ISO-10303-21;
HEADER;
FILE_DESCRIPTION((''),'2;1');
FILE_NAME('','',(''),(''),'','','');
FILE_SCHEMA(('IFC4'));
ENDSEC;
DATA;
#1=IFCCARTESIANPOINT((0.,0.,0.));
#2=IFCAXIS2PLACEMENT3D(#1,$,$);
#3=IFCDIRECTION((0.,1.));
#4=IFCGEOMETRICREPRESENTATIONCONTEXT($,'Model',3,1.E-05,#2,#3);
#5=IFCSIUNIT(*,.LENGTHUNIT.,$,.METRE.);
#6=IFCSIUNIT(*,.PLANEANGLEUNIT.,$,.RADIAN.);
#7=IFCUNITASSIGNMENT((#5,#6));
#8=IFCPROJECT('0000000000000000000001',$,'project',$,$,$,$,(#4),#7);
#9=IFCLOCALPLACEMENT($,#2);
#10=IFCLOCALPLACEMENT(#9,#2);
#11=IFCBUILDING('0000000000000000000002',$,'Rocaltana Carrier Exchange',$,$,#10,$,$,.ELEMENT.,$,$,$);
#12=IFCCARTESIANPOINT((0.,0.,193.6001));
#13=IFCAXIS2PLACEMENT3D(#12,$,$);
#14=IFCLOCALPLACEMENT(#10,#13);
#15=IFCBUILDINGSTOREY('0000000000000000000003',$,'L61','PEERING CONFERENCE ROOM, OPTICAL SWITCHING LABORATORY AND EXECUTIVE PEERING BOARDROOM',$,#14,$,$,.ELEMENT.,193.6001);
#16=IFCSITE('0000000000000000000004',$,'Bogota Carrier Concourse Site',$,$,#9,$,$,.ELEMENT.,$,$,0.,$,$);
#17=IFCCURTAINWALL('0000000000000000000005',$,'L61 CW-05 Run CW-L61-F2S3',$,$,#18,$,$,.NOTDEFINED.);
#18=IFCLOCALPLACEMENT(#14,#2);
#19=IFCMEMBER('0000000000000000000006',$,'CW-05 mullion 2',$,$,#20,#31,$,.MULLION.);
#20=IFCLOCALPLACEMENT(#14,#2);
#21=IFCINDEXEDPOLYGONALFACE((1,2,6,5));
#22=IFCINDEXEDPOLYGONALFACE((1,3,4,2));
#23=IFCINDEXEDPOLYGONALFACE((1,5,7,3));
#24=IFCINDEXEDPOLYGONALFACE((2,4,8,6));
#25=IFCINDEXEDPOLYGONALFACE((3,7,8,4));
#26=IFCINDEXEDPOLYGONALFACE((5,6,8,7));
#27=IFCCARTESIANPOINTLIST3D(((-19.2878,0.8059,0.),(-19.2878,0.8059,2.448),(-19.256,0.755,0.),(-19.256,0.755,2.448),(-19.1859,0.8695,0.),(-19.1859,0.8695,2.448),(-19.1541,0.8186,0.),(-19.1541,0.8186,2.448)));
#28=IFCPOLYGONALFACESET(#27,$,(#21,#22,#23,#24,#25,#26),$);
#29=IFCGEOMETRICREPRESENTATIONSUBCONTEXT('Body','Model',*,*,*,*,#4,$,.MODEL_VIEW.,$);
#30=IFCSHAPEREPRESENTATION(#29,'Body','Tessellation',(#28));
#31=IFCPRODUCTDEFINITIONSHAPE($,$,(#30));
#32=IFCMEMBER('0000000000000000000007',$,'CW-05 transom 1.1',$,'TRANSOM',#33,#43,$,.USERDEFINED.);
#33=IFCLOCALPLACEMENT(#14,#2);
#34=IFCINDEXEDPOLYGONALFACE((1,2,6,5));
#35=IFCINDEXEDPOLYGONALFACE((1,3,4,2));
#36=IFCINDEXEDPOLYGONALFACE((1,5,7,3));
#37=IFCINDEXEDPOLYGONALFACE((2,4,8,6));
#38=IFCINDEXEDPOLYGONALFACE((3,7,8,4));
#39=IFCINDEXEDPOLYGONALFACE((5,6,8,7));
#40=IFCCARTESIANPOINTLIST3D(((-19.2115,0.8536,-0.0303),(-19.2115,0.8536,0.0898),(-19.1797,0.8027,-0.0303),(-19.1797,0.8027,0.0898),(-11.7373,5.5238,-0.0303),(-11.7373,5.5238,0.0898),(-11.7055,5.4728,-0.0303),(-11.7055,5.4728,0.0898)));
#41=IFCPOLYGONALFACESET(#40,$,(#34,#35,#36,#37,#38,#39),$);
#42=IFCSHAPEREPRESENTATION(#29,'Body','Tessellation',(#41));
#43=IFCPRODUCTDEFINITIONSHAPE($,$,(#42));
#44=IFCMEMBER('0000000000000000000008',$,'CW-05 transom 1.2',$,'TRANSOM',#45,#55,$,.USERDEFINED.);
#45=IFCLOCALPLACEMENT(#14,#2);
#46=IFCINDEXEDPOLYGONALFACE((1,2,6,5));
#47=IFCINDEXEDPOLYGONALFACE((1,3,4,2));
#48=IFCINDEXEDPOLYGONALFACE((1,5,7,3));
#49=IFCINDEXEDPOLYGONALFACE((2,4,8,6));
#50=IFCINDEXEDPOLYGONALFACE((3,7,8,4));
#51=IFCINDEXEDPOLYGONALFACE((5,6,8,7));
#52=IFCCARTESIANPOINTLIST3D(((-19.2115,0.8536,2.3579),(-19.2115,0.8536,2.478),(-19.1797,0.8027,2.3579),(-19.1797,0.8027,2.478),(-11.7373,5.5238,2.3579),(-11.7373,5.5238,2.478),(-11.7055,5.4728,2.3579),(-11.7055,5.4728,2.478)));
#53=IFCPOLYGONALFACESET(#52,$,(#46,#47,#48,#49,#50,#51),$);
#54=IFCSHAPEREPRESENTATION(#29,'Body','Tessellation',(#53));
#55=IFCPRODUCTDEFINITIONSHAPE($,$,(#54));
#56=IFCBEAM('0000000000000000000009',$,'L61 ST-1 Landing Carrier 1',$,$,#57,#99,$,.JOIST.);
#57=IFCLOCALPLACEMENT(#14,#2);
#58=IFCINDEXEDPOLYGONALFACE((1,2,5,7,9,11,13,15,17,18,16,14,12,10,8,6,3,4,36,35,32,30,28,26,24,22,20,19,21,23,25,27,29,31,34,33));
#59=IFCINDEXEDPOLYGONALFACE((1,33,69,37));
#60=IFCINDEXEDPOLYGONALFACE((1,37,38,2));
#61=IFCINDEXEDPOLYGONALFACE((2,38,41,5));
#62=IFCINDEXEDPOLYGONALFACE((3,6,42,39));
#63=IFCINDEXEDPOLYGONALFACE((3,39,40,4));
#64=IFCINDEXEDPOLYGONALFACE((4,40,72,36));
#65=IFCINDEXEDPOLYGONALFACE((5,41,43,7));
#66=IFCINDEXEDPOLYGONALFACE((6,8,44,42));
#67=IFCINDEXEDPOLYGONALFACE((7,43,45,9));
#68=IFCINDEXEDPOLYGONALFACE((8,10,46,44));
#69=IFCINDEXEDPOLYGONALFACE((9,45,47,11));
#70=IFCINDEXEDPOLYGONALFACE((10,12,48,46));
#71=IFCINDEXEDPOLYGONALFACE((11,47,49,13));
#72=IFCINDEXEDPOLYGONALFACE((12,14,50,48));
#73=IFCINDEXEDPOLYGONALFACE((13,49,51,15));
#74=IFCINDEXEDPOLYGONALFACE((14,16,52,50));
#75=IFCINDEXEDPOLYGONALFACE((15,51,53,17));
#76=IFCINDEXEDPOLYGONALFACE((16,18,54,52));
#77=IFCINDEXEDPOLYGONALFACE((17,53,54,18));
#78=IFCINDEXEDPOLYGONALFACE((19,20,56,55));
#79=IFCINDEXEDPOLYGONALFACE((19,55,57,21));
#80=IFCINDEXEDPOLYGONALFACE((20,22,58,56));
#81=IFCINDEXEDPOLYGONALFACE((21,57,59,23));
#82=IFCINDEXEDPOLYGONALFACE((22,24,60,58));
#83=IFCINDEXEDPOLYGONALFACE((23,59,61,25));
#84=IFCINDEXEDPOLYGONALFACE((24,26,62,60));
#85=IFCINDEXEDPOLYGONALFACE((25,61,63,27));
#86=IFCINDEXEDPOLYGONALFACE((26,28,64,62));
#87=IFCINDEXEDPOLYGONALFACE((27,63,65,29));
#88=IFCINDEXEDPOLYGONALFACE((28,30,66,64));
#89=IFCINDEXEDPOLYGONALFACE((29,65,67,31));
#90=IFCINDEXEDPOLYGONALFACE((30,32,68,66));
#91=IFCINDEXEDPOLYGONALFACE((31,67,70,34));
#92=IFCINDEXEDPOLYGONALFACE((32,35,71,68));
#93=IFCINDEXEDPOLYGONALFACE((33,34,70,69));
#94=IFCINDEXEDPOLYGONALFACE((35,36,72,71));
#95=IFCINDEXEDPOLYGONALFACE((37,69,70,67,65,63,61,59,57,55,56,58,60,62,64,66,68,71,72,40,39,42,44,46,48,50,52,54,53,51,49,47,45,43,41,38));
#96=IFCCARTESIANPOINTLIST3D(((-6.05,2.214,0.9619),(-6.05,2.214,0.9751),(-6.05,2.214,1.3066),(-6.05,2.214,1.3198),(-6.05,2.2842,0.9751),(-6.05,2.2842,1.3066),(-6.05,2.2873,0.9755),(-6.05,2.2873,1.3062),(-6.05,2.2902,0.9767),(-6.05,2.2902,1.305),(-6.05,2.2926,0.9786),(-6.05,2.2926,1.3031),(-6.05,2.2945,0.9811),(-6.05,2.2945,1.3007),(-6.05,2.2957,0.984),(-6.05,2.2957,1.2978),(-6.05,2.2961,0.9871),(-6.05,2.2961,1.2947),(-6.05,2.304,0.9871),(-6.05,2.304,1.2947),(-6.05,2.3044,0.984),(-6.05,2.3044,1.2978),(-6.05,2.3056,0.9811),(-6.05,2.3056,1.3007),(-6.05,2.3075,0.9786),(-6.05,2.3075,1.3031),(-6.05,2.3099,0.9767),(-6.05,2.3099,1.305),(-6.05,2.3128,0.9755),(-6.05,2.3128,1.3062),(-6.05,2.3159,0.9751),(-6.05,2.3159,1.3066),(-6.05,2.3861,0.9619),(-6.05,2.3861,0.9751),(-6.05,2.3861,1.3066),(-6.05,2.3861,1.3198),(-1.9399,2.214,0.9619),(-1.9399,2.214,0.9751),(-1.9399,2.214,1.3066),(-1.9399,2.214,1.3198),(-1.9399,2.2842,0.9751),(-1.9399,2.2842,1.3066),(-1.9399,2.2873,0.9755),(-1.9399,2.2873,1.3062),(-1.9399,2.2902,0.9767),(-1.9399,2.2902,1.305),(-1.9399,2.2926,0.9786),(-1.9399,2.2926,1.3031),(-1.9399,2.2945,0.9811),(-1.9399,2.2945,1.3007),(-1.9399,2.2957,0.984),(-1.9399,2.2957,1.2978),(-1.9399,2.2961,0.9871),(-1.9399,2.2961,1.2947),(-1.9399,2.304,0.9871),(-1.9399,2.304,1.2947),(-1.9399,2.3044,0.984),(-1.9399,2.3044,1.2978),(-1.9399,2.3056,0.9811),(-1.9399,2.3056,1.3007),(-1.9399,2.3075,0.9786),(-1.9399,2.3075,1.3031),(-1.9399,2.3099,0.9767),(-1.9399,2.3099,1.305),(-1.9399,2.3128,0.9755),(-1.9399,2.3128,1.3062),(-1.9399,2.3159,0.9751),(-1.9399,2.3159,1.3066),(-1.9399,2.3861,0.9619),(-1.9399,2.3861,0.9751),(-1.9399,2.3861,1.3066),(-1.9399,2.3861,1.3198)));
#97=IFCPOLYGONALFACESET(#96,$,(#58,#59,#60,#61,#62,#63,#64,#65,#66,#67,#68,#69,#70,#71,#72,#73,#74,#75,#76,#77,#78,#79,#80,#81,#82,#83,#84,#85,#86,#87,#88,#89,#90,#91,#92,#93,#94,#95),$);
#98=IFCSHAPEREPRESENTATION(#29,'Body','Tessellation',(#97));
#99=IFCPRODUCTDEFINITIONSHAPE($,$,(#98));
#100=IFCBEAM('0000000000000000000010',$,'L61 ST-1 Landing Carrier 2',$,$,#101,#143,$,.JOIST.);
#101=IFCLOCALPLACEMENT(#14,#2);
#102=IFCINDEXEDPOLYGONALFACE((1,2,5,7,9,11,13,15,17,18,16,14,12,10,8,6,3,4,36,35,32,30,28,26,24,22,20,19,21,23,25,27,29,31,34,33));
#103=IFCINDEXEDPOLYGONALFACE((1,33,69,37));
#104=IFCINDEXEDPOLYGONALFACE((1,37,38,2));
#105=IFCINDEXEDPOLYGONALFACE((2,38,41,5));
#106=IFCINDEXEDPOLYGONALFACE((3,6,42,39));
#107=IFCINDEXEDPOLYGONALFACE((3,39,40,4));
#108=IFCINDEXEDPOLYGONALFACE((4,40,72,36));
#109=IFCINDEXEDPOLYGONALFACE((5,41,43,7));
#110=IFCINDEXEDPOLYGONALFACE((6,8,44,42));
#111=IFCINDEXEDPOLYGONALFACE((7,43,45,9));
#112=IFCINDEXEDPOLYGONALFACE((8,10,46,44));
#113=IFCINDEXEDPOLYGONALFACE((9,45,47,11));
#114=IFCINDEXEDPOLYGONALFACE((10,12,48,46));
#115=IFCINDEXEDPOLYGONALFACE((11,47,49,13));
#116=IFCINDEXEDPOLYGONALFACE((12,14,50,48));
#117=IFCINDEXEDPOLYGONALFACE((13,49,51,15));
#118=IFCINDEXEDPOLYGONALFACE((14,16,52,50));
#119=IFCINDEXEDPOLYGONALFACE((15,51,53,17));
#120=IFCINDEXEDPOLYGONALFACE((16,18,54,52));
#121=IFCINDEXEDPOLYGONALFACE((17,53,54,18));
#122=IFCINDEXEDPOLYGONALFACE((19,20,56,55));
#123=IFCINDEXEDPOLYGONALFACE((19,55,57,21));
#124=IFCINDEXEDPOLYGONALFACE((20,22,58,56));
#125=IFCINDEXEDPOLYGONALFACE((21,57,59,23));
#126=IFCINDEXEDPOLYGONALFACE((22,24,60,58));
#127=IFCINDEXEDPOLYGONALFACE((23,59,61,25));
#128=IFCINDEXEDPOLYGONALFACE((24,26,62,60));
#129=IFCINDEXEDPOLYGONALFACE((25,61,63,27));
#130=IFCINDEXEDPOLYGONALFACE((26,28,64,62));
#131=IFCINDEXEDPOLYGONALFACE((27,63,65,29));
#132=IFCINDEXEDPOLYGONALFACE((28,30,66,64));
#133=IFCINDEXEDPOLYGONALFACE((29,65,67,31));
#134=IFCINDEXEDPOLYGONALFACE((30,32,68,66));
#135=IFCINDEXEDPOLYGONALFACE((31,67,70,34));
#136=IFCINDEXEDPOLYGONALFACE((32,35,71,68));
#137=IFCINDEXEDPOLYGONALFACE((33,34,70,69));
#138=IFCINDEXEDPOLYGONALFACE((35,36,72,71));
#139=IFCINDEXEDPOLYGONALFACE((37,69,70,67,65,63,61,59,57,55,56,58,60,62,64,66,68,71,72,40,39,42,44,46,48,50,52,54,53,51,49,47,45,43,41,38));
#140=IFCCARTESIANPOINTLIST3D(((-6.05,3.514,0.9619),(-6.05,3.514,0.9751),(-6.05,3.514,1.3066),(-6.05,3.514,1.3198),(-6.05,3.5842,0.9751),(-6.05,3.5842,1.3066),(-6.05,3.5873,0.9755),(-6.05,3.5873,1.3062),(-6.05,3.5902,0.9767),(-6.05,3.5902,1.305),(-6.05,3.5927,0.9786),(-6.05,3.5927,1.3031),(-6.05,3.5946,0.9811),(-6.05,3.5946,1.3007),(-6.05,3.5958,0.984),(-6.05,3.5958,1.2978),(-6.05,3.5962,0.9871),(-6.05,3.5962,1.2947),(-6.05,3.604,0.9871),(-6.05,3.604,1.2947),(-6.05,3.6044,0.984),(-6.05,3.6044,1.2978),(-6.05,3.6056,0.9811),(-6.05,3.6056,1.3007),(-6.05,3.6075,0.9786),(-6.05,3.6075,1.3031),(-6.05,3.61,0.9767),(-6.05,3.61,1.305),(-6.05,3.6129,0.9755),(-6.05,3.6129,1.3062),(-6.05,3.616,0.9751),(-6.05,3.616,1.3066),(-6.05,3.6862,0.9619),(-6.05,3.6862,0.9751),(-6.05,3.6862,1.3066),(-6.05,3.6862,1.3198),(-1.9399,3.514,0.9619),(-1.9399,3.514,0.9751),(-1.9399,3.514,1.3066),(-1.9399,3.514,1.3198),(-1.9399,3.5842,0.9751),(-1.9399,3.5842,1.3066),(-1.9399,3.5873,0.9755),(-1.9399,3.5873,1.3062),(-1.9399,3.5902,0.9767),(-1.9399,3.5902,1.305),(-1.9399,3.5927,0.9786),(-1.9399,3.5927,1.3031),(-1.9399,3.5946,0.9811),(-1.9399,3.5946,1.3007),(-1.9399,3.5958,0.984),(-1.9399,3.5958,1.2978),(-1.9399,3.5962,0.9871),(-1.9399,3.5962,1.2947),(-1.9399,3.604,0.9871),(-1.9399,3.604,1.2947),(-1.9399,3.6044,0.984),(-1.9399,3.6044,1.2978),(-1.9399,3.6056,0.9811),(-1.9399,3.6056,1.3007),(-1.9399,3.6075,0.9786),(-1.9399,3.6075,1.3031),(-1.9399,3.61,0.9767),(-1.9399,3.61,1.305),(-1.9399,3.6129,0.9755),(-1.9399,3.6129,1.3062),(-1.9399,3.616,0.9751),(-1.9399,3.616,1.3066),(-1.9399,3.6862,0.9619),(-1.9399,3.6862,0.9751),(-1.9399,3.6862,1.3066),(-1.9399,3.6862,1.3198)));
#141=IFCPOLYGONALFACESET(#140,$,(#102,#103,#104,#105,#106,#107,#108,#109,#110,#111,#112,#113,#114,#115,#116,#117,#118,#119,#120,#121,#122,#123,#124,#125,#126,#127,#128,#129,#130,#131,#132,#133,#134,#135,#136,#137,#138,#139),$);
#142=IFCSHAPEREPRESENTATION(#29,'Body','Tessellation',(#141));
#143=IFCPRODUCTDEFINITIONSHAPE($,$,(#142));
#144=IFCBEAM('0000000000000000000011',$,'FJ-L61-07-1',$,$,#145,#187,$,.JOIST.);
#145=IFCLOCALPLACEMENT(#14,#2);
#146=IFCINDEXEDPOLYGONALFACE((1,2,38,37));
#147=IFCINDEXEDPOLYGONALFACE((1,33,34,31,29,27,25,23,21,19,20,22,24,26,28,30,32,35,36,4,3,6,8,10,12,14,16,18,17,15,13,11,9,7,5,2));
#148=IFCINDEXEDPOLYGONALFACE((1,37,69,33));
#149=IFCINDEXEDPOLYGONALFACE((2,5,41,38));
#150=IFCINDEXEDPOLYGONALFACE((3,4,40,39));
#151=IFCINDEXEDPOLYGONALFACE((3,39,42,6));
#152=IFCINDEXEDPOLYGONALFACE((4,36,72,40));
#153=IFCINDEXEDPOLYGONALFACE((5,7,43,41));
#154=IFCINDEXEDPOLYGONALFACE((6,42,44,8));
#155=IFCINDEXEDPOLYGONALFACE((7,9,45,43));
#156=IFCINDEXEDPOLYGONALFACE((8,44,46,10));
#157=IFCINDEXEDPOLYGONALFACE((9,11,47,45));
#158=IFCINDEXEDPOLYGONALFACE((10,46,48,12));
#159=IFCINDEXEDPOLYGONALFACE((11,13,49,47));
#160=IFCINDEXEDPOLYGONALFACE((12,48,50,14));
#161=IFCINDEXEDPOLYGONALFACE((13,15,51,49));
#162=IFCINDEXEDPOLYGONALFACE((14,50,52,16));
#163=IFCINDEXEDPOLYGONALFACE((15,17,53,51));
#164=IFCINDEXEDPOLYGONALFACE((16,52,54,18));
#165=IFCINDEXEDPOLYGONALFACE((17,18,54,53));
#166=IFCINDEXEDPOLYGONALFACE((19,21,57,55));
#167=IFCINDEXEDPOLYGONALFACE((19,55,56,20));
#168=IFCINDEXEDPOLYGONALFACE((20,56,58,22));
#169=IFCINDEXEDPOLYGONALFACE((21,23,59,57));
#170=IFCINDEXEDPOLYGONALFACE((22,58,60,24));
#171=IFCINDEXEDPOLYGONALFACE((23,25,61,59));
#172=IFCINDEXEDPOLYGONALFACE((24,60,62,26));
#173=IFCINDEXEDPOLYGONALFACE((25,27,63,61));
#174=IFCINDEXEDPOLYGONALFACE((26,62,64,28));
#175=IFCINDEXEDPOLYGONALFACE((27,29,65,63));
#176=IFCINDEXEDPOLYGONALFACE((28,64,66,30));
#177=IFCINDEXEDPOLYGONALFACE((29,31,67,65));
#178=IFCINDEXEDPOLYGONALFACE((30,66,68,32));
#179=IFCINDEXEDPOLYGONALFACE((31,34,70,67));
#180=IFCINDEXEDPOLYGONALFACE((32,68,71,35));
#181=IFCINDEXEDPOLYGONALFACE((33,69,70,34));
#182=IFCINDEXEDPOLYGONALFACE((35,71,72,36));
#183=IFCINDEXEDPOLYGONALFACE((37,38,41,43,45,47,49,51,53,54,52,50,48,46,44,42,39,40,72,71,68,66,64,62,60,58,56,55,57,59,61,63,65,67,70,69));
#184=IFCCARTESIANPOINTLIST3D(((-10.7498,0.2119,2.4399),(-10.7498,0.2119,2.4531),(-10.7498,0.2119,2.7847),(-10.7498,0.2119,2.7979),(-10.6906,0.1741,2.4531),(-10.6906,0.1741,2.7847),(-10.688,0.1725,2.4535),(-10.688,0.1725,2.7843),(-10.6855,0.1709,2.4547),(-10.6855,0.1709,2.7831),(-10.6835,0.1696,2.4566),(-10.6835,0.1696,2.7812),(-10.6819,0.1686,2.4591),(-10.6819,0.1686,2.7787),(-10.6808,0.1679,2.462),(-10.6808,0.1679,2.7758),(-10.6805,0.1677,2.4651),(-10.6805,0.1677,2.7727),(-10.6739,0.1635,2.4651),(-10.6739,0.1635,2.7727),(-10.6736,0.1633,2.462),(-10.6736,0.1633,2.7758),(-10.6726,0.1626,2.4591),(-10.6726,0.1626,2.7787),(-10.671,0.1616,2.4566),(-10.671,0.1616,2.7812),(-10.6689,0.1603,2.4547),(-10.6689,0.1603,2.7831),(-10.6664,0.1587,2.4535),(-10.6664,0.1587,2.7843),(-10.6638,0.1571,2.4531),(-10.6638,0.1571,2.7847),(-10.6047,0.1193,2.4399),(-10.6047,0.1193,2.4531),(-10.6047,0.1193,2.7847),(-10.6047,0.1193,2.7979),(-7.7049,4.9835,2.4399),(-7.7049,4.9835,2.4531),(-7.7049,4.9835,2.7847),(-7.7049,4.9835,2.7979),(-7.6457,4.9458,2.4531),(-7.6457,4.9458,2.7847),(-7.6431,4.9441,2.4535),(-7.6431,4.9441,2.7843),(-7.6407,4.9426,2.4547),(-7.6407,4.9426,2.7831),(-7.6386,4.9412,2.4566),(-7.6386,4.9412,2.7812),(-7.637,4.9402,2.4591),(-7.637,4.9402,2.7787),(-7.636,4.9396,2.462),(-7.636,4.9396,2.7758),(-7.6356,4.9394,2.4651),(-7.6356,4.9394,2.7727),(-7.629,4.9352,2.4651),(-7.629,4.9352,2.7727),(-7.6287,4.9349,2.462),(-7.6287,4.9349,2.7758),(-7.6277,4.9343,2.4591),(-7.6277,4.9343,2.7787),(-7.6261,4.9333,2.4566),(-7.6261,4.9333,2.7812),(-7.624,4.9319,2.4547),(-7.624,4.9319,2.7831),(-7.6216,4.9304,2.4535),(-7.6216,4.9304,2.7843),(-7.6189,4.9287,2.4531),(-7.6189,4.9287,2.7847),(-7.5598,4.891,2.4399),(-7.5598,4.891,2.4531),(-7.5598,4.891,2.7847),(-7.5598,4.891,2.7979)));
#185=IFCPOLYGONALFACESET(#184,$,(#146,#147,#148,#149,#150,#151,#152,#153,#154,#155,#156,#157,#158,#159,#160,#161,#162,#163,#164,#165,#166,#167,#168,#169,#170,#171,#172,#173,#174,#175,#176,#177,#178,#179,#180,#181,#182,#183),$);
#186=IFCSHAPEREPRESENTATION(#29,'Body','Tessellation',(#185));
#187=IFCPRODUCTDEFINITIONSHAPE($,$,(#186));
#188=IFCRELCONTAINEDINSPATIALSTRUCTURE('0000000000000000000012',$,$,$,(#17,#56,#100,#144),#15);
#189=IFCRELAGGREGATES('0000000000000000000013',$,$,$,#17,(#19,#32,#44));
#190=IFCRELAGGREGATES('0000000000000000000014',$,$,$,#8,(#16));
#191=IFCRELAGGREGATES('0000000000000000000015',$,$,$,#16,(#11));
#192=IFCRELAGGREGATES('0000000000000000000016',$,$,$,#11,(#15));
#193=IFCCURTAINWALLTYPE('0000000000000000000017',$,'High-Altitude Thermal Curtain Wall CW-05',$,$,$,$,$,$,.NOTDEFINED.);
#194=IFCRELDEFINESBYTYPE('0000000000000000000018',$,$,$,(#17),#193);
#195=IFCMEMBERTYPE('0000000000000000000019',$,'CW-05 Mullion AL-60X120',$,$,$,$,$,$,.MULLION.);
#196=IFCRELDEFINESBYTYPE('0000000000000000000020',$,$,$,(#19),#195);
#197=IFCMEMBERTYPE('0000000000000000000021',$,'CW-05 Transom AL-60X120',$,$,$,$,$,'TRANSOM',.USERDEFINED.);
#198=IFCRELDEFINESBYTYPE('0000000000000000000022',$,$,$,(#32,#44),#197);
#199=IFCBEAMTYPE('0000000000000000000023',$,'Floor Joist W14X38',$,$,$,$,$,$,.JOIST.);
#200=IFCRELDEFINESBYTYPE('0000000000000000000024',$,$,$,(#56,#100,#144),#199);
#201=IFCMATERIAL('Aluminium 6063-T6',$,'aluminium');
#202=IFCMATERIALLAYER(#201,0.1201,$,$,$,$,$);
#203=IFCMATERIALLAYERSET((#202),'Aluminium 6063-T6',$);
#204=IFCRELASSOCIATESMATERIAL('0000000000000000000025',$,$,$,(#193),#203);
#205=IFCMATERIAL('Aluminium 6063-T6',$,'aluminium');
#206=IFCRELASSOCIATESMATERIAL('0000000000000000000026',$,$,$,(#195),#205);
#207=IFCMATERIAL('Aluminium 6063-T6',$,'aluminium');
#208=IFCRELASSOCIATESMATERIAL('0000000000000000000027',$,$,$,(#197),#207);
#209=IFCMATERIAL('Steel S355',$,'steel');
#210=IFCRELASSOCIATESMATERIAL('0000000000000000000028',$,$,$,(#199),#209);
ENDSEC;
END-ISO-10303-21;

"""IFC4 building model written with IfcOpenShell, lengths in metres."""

from ifc_helpers import new_model, si_unit, direction, frame, origin, origin_2d, place, context, subcontext, project, spatial, rectangle, i_section, extrude, material, layer, layer_set, material_profile, profile_set, type_object, element, aggregate, save


model = new_model("IFC4")

# Units and contexts
model_context = context("Model", 3, precision=1e-05, world=origin(), true_north=direction((0.0, 1.0)))
body_context = subcontext(model_context, "Body", "Model", "MODEL_VIEW")
ifc_project = project(units=[si_unit("LENGTHUNIT", "METRE"), si_unit("PLANEANGLEUNIT", "RADIAN")], contexts=[model_context])

# Site, building, storey
site_placement = place(None, origin())
site = spatial("IfcSite", under=ifc_project, at=site_placement, Name="Bogota Carrier Concourse Site", CompositionType="ELEMENT", RefElevation=0.0)
building_placement = place(site_placement, origin())
building = spatial("IfcBuilding", under=site, at=building_placement, Name="Rocaltana Carrier Exchange", CompositionType="ELEMENT")
storey_placement = place(building_placement, frame((0.0, 0.0, 193.6001)))
storey = spatial("IfcBuildingStorey", under=building, at=storey_placement, Name="L61", Description="PEERING CONFERENCE ROOM, OPTICAL SWITCHING LABORATORY AND EXECUTIVE PEERING BOARDROOM", CompositionType="ELEMENT", Elevation=193.6001)

# Shared definitions
ifc_material_1 = material(Name="Aluminium 6063-T6", Category="aluminium")
ifc_layer_1 = layer(ifc_material_1, 0.1201)
ifc_layer_set_1 = layer_set([ifc_layer_1], Name="Aluminium 6063-T6")
curtain_wall_type = type_object("IfcCurtainWallType", Name="High-Altitude Thermal Curtain Wall CW-05", PredefinedType="NOTDEFINED", material=ifc_layer_set_1)
ifc_material_2 = material(Name="Aluminium 6063-T6", Category="aluminium")
ifc_material_profile_1 = material_profile(ifc_material_2, rectangle(XDim=0.0601, YDim=0.1201, at=origin_2d()), Name="AL-60X120")
ifc_profile_set_1 = profile_set([ifc_material_profile_1], Name="Aluminium 6063-T6")
member_type_1 = type_object("IfcMemberType", Name="CW-05 Mullion AL-60X120", PredefinedType="MULLION", material=ifc_profile_set_1)

# Curtain wall, members
curtain_wall_1_placement = place(storey_placement, origin())
curtain_wall_1 = element("IfcCurtainWall", 1, at=curtain_wall_1_placement, inside=storey, type_object=curtain_wall_type, Name="L61 CW-05 Run CW-L61-F2S3", PredefinedType="NOTDEFINED")
member_1_placement = place(storey_placement, frame((-19.2209, 0.8123, 0.0), z_axis=(0.0, 0.0, 1.0), x_axis=(0.529915, -0.84805, 0.0)))
member_1 = element("IfcMember", 2, at=member_1_placement, type_object=member_type_1, Name="CW-05 mullion 2", PredefinedType="MULLION", context=body_context, shape_type="SweptSolid", body=[
    extrude(rectangle(XDim=0.0601, YDim=0.1201, at=origin_2d()), origin(), (0.0, 0.0, 1.0), 2.448),
])
ifc_material_3 = material(Name="Aluminium 6063-T6", Category="aluminium")
ifc_material_profile_2 = material_profile(ifc_material_3, rectangle(XDim=0.0601, YDim=0.1201, at=origin_2d()), Name="AL-60X120")
ifc_profile_set_2 = profile_set([ifc_material_profile_2], Name="Aluminium 6063-T6")
member_type_2 = type_object("IfcMemberType", Name="CW-05 Transom AL-60X120", ElementType="TRANSOM", PredefinedType="USERDEFINED", material=ifc_profile_set_2)
member_2_placement = place(storey_placement, frame((-11.7214, 5.4983, 0.0298), z_axis=(-0.848057, -0.529904, 0.0), x_axis=(0.529904, -0.848057, 0.0)))
member_2 = element("IfcMember", 3, at=member_2_placement, type_object=member_type_2, Name="CW-05 transom 1.1", ObjectType="TRANSOM", PredefinedType="USERDEFINED", context=body_context, shape_type="SweptSolid", body=[
    extrude(rectangle(XDim=0.0601, YDim=0.1201, at=origin_2d()), origin(), (0.0, 0.0, 1.0), 8.8132),
])
member_3_placement = place(storey_placement, frame((-11.7214, 5.4983, 2.418), z_axis=(-0.848057, -0.529904, 0.0), x_axis=(0.529904, -0.848057, 0.0)))
member_3 = element("IfcMember", 4, at=member_3_placement, type_object=member_type_2, Name="CW-05 transom 1.2", ObjectType="TRANSOM", PredefinedType="USERDEFINED", context=body_context, shape_type="SweptSolid", body=[
    extrude(rectangle(XDim=0.0601, YDim=0.1201, at=origin_2d()), origin(), (0.0, 0.0, 1.0), 8.8132),
])

# Beams
ifc_material_4 = material(Name="Steel S355", Category="steel")
ifc_material_profile_3 = material_profile(ifc_material_4, i_section(OverallWidth=0.1721, OverallDepth=0.3579, WebThickness=0.0078, FlangeThickness=0.0132, FilletRadius=0.012, at=origin_2d()), Name="W14X38")
ifc_profile_set_3 = profile_set([ifc_material_profile_3], Name="Steel S355")
beam_type_1 = type_object("IfcBeamType", Name="Floor Joist W14X38", PredefinedType="JOIST", material=ifc_profile_set_3)
for number, where, z_axis, x_axis, name in (
    (5, (-6.05, 2.3, 1.1409), (1.0, 0.0, 0.0), (0.0, 1.0, 0.0), "L61 ST-1 Landing Carrier 1"),
    (6, (-6.05, 3.6001, 1.1409), (1.0, 0.0, 0.0), (0.0, 1.0, 0.0), "L61 ST-1 Landing Carrier 2"),
):
    element("IfcBeam", number, at=place(storey_placement, frame(where, z_axis=z_axis, x_axis=x_axis)), inside=storey, type_object=beam_type_1, Name=name, PredefinedType="JOIST", context=body_context, shape_type="SweptSolid", body=[
        extrude(i_section(OverallWidth=0.1721, OverallDepth=0.3579, WebThickness=0.0078, FlangeThickness=0.0132, FilletRadius=0.012, at=origin_2d()), origin(), (0.0, 0.0, 1.0), 4.1101),
    ])
beam_1_placement = place(storey_placement, frame((-7.6323, 4.9373, 2.6189), z_axis=(-0.537927, -0.842991, 0.0), x_axis=(0.842991, -0.537927, 0.0)))
element("IfcBeam", 7, at=beam_1_placement, inside=storey, type_object=beam_type_1, Name="FJ-L61-07-1", PredefinedType="JOIST", context=body_context, shape_type="SweptSolid", body=[
    extrude(i_section(OverallWidth=0.1721, OverallDepth=0.3579, WebThickness=0.0078, FlangeThickness=0.0132, FilletRadius=0.012, at=origin_2d()), origin(), (0.0, 0.0, 1.0), 5.6604),
])

aggregate(curtain_wall_1, [member_1, member_2, member_3])

save(model, "model.ifc")
